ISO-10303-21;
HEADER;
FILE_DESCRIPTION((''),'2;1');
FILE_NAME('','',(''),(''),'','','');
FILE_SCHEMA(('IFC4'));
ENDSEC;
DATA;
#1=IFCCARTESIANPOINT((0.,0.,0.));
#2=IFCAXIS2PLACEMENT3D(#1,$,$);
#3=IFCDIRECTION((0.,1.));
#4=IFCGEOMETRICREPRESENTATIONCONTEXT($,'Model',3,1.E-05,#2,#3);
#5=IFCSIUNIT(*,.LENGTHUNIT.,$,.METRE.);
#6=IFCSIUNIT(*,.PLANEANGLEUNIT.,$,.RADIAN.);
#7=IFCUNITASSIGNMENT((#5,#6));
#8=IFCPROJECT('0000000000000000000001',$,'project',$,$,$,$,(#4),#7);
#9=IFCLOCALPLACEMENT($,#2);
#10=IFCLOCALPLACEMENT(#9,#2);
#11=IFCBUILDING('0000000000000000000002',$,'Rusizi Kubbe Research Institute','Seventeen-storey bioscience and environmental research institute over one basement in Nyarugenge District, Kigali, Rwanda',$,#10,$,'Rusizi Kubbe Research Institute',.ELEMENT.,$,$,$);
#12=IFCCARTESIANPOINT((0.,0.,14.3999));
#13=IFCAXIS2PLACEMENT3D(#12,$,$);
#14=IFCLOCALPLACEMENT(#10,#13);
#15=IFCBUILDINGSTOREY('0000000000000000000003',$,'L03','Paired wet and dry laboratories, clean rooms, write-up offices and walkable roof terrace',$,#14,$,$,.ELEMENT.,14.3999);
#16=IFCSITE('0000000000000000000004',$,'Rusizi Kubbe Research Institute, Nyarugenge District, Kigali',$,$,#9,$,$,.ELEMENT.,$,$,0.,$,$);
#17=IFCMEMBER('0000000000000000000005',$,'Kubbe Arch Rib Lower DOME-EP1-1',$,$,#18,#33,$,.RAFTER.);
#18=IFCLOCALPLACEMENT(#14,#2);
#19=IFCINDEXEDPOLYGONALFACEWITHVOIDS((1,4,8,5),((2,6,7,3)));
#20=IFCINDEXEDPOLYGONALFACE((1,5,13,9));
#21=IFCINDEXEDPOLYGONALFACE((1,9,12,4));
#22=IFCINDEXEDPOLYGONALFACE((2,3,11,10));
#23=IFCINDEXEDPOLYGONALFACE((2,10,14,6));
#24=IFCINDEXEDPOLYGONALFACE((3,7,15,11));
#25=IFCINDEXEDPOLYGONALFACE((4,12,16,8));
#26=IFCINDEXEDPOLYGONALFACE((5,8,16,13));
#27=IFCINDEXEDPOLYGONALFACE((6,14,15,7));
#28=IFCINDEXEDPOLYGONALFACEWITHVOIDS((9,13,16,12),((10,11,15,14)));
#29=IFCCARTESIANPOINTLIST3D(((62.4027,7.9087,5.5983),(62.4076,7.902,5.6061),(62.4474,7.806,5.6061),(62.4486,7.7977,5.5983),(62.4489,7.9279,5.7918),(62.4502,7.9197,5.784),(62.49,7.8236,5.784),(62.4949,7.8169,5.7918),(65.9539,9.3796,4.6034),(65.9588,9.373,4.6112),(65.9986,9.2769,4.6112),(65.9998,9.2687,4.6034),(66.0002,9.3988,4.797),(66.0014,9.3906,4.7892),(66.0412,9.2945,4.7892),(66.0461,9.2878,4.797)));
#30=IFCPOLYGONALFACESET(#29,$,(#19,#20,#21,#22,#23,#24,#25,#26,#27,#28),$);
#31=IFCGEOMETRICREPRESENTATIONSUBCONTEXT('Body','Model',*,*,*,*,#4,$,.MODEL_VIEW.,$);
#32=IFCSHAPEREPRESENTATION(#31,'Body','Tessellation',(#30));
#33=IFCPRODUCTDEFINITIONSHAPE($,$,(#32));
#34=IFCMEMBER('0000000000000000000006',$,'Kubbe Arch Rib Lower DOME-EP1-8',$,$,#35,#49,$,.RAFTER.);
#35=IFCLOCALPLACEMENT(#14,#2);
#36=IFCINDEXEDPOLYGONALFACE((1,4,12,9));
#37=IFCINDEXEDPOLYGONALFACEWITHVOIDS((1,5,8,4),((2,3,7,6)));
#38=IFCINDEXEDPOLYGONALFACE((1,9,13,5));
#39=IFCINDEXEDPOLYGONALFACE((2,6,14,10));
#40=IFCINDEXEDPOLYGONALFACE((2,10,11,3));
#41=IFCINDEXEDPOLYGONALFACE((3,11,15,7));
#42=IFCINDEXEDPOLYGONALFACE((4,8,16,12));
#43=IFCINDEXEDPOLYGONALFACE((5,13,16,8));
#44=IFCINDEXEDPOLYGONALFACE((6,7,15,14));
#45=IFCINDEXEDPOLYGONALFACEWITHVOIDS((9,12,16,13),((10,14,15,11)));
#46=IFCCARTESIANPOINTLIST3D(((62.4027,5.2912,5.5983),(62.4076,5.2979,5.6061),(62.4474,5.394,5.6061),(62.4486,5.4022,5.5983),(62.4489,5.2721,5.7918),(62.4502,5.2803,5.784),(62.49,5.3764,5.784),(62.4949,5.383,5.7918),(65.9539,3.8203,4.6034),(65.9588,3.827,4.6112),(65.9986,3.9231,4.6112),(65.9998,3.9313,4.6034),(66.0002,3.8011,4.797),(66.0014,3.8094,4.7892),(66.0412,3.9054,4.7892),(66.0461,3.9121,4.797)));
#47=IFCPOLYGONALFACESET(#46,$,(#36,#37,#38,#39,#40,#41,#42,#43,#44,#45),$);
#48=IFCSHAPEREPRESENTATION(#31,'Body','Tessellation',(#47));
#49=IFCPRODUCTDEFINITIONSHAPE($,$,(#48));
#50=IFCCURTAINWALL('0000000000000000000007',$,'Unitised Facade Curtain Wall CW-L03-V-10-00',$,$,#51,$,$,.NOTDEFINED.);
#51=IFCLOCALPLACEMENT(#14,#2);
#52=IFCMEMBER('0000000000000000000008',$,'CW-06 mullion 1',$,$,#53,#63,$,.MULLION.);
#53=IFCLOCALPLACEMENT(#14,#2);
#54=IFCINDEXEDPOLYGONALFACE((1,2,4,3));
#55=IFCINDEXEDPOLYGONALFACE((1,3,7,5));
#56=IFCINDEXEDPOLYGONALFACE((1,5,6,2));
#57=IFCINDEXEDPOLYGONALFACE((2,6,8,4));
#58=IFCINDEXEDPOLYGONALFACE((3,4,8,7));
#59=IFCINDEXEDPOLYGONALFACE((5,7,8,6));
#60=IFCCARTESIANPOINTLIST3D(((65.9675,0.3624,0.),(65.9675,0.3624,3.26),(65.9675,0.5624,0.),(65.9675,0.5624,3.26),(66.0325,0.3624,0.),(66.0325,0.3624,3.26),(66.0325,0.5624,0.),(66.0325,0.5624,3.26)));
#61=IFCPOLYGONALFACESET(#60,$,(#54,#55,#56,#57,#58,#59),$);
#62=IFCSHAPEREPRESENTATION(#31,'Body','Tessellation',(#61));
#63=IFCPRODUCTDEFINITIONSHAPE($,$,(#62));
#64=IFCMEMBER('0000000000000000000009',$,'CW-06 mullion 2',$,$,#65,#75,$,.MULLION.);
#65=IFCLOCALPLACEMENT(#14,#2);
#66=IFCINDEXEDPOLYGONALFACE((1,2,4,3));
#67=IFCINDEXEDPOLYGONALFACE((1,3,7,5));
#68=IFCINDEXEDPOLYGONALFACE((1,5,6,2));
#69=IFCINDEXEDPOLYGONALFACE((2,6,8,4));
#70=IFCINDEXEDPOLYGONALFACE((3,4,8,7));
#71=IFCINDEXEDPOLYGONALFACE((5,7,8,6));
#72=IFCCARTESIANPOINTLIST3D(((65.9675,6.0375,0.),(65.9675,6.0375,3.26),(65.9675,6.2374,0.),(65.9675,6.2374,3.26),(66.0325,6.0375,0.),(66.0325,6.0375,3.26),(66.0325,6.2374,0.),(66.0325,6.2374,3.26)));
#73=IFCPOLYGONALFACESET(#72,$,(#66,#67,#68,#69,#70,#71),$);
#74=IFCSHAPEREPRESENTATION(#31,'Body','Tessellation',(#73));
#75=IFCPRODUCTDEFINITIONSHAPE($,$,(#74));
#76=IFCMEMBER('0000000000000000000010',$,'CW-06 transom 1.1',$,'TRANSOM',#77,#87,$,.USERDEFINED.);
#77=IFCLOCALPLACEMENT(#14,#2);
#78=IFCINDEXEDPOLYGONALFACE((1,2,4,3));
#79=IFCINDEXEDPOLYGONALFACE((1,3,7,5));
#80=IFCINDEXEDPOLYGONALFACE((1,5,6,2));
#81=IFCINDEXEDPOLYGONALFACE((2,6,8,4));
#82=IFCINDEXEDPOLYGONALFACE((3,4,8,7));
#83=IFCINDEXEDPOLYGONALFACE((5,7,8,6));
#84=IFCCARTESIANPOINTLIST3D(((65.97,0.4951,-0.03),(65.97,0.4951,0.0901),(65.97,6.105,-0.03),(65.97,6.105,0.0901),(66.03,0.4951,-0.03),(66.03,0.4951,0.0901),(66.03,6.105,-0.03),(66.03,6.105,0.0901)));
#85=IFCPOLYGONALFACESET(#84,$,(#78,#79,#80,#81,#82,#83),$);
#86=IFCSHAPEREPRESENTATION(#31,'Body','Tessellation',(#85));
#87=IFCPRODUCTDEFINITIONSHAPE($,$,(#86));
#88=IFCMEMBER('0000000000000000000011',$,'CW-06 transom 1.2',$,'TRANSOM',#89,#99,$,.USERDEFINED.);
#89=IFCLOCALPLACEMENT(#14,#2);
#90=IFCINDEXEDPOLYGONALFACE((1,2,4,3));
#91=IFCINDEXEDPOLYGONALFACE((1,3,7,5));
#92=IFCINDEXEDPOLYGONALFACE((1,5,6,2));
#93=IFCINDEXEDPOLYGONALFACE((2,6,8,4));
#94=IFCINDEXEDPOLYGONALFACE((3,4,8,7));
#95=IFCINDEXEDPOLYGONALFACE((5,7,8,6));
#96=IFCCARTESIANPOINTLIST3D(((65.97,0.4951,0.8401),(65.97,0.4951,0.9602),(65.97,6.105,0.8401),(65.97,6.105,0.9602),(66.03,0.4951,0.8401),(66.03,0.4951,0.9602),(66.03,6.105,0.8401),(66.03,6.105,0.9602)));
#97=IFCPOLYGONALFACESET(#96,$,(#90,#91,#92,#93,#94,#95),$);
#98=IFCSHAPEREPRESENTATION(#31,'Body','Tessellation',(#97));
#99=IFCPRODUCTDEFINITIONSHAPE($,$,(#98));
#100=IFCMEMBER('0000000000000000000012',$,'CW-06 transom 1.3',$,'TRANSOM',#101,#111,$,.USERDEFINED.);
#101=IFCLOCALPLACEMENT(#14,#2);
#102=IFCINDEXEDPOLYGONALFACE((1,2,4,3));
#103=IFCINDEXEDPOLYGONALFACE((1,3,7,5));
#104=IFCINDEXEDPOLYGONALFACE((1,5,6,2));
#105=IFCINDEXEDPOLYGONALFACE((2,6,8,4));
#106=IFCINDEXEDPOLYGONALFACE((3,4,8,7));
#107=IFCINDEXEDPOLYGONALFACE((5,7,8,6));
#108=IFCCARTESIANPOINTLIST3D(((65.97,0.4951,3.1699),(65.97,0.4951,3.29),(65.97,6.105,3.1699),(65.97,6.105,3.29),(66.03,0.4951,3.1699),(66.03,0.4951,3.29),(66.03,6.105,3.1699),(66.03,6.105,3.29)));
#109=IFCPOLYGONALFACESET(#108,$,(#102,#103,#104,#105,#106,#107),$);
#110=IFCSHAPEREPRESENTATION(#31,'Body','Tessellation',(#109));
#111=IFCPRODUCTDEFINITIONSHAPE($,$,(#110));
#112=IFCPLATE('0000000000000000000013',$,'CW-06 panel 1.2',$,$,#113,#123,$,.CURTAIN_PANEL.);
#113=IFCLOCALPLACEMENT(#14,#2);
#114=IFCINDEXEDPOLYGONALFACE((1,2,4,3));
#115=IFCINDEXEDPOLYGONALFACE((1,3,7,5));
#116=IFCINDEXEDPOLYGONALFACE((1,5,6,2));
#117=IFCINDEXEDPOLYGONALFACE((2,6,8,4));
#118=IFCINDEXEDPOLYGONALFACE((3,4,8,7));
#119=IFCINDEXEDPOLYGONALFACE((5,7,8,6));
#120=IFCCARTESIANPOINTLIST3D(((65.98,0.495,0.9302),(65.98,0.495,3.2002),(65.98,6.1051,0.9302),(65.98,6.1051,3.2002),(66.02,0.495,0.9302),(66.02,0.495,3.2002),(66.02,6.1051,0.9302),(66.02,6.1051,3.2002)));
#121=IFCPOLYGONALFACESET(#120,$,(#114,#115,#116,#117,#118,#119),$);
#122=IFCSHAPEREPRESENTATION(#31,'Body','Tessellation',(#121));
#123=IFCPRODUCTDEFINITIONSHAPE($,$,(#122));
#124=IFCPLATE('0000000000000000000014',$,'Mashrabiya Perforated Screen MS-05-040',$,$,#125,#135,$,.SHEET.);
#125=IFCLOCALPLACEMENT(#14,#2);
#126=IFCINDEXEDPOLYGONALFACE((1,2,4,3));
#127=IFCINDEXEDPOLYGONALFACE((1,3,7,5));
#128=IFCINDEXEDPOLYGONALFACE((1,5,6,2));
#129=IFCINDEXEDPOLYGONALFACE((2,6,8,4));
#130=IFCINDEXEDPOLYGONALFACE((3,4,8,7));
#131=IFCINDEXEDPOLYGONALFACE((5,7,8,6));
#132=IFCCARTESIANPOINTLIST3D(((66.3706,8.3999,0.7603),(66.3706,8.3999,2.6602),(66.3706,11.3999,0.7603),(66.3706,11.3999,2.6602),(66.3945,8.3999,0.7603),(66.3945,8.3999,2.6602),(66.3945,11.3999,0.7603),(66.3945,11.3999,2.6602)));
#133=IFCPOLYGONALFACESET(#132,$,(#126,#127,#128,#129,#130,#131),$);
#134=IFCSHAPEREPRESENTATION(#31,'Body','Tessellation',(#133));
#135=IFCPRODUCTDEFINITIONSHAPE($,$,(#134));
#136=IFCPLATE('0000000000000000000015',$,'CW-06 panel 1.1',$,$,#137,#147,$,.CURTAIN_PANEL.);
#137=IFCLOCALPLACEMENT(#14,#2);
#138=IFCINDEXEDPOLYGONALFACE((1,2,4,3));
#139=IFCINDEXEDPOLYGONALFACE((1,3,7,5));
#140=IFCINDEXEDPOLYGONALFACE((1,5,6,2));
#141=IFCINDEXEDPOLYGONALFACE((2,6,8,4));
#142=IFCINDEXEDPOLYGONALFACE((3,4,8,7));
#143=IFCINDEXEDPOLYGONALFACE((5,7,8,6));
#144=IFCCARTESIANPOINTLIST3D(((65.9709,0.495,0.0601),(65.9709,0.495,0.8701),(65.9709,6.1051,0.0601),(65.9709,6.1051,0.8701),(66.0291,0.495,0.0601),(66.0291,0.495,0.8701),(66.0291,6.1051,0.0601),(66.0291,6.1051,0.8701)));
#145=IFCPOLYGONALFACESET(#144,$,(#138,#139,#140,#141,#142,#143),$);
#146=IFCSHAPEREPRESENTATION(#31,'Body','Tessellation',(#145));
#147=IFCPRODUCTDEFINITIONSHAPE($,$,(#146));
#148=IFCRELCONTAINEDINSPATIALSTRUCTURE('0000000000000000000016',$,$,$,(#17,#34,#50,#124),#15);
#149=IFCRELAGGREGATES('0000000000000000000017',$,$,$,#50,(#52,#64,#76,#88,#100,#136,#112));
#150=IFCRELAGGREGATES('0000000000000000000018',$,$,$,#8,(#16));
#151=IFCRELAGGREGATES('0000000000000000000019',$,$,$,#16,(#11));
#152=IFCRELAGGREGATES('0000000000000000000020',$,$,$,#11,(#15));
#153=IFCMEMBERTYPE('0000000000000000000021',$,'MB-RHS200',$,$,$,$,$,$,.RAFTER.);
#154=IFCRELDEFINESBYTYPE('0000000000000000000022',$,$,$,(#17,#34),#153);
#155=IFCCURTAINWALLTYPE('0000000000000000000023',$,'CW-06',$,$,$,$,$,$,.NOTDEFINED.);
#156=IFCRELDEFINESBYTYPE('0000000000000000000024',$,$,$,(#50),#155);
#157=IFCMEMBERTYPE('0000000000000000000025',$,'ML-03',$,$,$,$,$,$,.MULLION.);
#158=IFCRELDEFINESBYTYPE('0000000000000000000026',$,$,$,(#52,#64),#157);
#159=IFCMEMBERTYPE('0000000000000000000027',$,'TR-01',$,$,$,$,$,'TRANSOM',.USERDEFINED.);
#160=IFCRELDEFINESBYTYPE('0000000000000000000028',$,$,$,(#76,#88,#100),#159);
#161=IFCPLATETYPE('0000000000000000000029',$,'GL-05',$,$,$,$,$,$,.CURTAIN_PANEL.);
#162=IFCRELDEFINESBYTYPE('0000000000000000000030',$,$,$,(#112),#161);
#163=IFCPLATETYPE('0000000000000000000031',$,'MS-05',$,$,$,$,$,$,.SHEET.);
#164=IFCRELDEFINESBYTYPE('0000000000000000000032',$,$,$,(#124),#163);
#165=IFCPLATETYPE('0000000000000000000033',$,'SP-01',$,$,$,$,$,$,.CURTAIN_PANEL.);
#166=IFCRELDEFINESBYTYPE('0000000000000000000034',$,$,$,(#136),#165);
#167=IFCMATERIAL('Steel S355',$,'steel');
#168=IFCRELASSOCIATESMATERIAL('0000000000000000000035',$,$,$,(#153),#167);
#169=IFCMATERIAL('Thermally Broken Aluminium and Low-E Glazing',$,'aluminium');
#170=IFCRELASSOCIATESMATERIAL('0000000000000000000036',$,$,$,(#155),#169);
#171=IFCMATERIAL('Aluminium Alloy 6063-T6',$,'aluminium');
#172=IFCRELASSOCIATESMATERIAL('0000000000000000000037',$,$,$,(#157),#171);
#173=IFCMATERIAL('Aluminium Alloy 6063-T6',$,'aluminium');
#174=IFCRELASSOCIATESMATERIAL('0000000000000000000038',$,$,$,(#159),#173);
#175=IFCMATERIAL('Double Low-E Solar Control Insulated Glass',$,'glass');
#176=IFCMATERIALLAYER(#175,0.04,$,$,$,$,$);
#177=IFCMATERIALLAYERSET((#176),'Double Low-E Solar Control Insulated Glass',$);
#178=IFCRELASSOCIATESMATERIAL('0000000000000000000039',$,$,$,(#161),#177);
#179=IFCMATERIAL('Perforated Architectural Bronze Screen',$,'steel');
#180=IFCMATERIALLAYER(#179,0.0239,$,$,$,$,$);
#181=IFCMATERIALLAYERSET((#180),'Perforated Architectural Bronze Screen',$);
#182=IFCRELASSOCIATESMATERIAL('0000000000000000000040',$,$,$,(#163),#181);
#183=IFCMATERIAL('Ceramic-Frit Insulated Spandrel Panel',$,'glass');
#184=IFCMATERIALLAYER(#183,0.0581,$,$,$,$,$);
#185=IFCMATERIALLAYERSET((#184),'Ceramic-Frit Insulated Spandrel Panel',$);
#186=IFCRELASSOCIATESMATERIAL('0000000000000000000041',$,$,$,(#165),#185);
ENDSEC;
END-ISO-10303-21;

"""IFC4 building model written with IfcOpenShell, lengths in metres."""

from ifc_helpers import new_model, si_unit, direction, frame, origin, origin_2d, place, context, subcontext, project, spatial, rectangle, hollow_rectangle, extrude, material, layer, layer_set, material_profile, profile_set, type_object, element, aggregate, save


model = new_model("IFC4")

# Units and contexts
model_context = context("Model", 3, precision=1e-05, world=origin(), true_north=direction((0.0, 1.0)))
body_context = subcontext(model_context, "Body", "Model", "MODEL_VIEW")
ifc_project = project(units=[si_unit("LENGTHUNIT", "METRE"), si_unit("PLANEANGLEUNIT", "RADIAN")], contexts=[model_context])

# Site, building, storey
site_placement = place(None, origin())
site = spatial("IfcSite", under=ifc_project, at=site_placement, Name="Rusizi Kubbe Research Institute, Nyarugenge District, Kigali", CompositionType="ELEMENT", RefElevation=0.0)
building_placement = place(site_placement, origin())
building = spatial("IfcBuilding", under=site, at=building_placement, Name="Rusizi Kubbe Research Institute", Description="Seventeen-storey bioscience and environmental research institute over one basement in Nyarugenge District, Kigali, Rwanda", LongName="Rusizi Kubbe Research Institute", CompositionType="ELEMENT")
storey_placement = place(building_placement, frame((0.0, 0.0, 14.3999)))
storey = spatial("IfcBuildingStorey", under=building, at=storey_placement, Name="L03", Description="Paired wet and dry laboratories, clean rooms, write-up offices and walkable roof terrace", CompositionType="ELEMENT", Elevation=14.3999)

# Members
ifc_material_1 = material(Name="Steel S355", Category="steel")
ifc_material_profile_1 = material_profile(ifc_material_1, hollow_rectangle(XDim=0.1201, YDim=0.2, WallThickness=0.0081, at=origin_2d()), Name="RHS 200x120x8.0")
ifc_profile_set_1 = profile_set([ifc_material_profile_1], Name="Steel S355")
member_type_1 = type_object("IfcMemberType", Name="MB-RHS200", PredefinedType="RAFTER", material=ifc_profile_set_1)
for number, where, z_axis, x_axis, name in (
    (1, (66.0, 9.3337, 4.7002), (-0.894411, -0.370468, 0.250565), (0.382675, -0.923883, 0.0), "Kubbe Arch Rib Lower DOME-EP1-1"),
    (2, (66.0, 3.8662, 4.7002), (-0.894411, 0.370468, 0.250565), (-0.382675, -0.923883, 0.0), "Kubbe Arch Rib Lower DOME-EP1-8"),
):
    element("IfcMember", number, at=place(storey_placement, frame(where, z_axis=z_axis, x_axis=x_axis)), inside=storey, type_object=member_type_1, Name=name, PredefinedType="RAFTER", context=body_context, shape_type="SweptSolid", body=[
        extrude(hollow_rectangle(XDim=0.1201, YDim=0.2, WallThickness=0.0081, at=origin_2d()), origin(), (0.0, 0.0, 1.0), 3.9705),
    ])

# Curtain wall, members, plate
ifc_material_2 = material(Name="Thermally Broken Aluminium and Low-E Glazing", Category="aluminium")
curtain_wall_type = type_object("IfcCurtainWallType", Name="CW-06", PredefinedType="NOTDEFINED", material=ifc_material_2)
curtain_wall_placement = place(storey_placement, origin())
curtain_wall = element("IfcCurtainWall", 3, at=curtain_wall_placement, inside=storey, type_object=curtain_wall_type, Name="Unitised Facade Curtain Wall CW-L03-V-10-00", PredefinedType="NOTDEFINED")
ifc_material_3 = material(Name="Aluminium Alloy 6063-T6", Category="aluminium")
ifc_material_profile_2 = material_profile(ifc_material_3, rectangle(XDim=0.0649, YDim=0.2, at=origin_2d()), Name="ALU-M 65x200")
ifc_profile_set_2 = profile_set([ifc_material_profile_2], Name="Aluminium Alloy 6063-T6")
member_type_2 = type_object("IfcMemberType", Name="ML-03", PredefinedType="MULLION", material=ifc_profile_set_2)
member_1_placement = place(storey_placement, frame((66.0, 0.4624, 0.0), z_axis=(0.0, 0.0, 1.0), x_axis=(-1.0, 0.0, 0.0)))
member_1 = element("IfcMember", 4, at=member_1_placement, type_object=member_type_2, Name="CW-06 mullion 1", PredefinedType="MULLION", context=body_context, shape_type="SweptSolid", body=[
    extrude(rectangle(XDim=0.0649, YDim=0.2, at=origin_2d()), origin(), (0.0, 0.0, 1.0), 3.26),
])
member_2_placement = place(storey_placement, frame((66.0, 6.1375, 0.0), z_axis=(0.0, 0.0, 1.0), x_axis=(-1.0, 0.0, 0.0)))
member_2 = element("IfcMember", 5, at=member_2_placement, type_object=member_type_2, Name="CW-06 mullion 2", PredefinedType="MULLION", context=body_context, shape_type="SweptSolid", body=[
    extrude(rectangle(XDim=0.0649, YDim=0.2, at=origin_2d()), origin(), (0.0, 0.0, 1.0), 3.26),
])
ifc_material_4 = material(Name="Aluminium Alloy 6063-T6", Category="aluminium")
ifc_material_profile_3 = material_profile(ifc_material_4, rectangle(XDim=0.0601, YDim=0.1201, at=origin_2d()), Name="ALU-T 60x120")
ifc_profile_set_3 = profile_set([ifc_material_profile_3], Name="Aluminium Alloy 6063-T6")
member_type_3 = type_object("IfcMemberType", Name="TR-01", ElementType="TRANSOM", PredefinedType="USERDEFINED", material=ifc_profile_set_3)
member_3_placement = place(storey_placement, frame((66.0, 0.4951, 0.03), z_axis=(0.0, 1.0, 0.0), x_axis=(-1.0, 0.0, 0.0)))
member_3 = element("IfcMember", 6, at=member_3_placement, type_object=member_type_3, Name="CW-06 transom 1.1", ObjectType="TRANSOM", PredefinedType="USERDEFINED", context=body_context, shape_type="SweptSolid", body=[
    extrude(rectangle(XDim=0.0601, YDim=0.1201, at=origin_2d()), origin(), (0.0, 0.0, 1.0), 5.6099),
])
member_4_placement = place(storey_placement, frame((66.0, 0.4951, 0.9001), z_axis=(0.0, 1.0, 0.0), x_axis=(-1.0, 0.0, 0.0)))
member_4 = element("IfcMember", 7, at=member_4_placement, type_object=member_type_3, Name="CW-06 transom 1.2", ObjectType="TRANSOM", PredefinedType="USERDEFINED", context=body_context, shape_type="SweptSolid", body=[
    extrude(rectangle(XDim=0.0601, YDim=0.1201, at=origin_2d()), origin(), (0.0, 0.0, 1.0), 5.6099),
])
member_5_placement = place(storey_placement, frame((66.0, 0.4951, 3.23), z_axis=(0.0, 1.0, 0.0), x_axis=(-1.0, 0.0, 0.0)))
member_5 = element("IfcMember", 8, at=member_5_placement, type_object=member_type_3, Name="CW-06 transom 1.3", ObjectType="TRANSOM", PredefinedType="USERDEFINED", context=body_context, shape_type="SweptSolid", body=[
    extrude(rectangle(XDim=0.0601, YDim=0.1201, at=origin_2d()), origin(), (0.0, 0.0, 1.0), 5.6099),
])
ifc_material_5 = material(Name="Double Low-E Solar Control Insulated Glass", Category="glass")
ifc_layer_1 = layer(ifc_material_5, 0.04)
ifc_layer_set_1 = layer_set([ifc_layer_1], Name="Double Low-E Solar Control Insulated Glass")
plate_type_1 = type_object("IfcPlateType", Name="GL-05", PredefinedType="CURTAIN_PANEL", material=ifc_layer_set_1)
plate_1_placement = place(storey_placement, frame((66.0, 3.3, 0.9302), z_axis=(0.0, 0.0, 1.0), x_axis=(0.0, 1.0, 0.0)))
plate_1 = element("IfcPlate", 9, at=plate_1_placement, type_object=plate_type_1, Name="CW-06 panel 1.2", PredefinedType="CURTAIN_PANEL", context=body_context, shape_type="SweptSolid", body=[
    extrude(rectangle(XDim=5.6101, YDim=0.04, at=origin_2d()), origin(), (0.0, 0.0, 1.0), 2.27),
])

# Plates
ifc_material_6 = material(Name="Perforated Architectural Bronze Screen", Category="steel")
ifc_layer_2 = layer(ifc_material_6, 0.0239)
ifc_layer_set_2 = layer_set([ifc_layer_2], Name="Perforated Architectural Bronze Screen")
plate_type_2 = type_object("IfcPlateType", Name="MS-05", PredefinedType="SHEET", material=ifc_layer_set_2)
plate_2_placement = place(storey_placement, frame((66.3826, 9.8999, 0.7603), z_axis=(0.0, 0.0, 1.0), x_axis=(0.0, 1.0, 0.0)))
element("IfcPlate", 10, at=plate_2_placement, inside=storey, type_object=plate_type_2, Name="Mashrabiya Perforated Screen MS-05-040", PredefinedType="SHEET", context=body_context, shape_type="SweptSolid", body=[
    extrude(rectangle(XDim=3.0, YDim=0.0239, at=origin_2d()), origin(), (0.0, 0.0, 1.0), 1.8999),
])
ifc_material_7 = material(Name="Ceramic-Frit Insulated Spandrel Panel", Category="glass")
ifc_layer_3 = layer(ifc_material_7, 0.0581)
ifc_layer_set_3 = layer_set([ifc_layer_3], Name="Ceramic-Frit Insulated Spandrel Panel")
plate_type_3 = type_object("IfcPlateType", Name="SP-01", PredefinedType="CURTAIN_PANEL", material=ifc_layer_set_3)
plate_3_placement = place(storey_placement, frame((66.0, 3.3, 0.0601), z_axis=(0.0, 0.0, 1.0), x_axis=(0.0, 1.0, 0.0)))
plate_3 = element("IfcPlate", 11, at=plate_3_placement, type_object=plate_type_3, Name="CW-06 panel 1.1", PredefinedType="CURTAIN_PANEL", context=body_context, shape_type="SweptSolid", body=[
    extrude(rectangle(XDim=5.6101, YDim=0.0581, at=origin_2d()), origin(), (0.0, 0.0, 1.0), 0.8101),
])
aggregate(curtain_wall, [member_1, member_2, member_3, member_4, member_5, plate_3, plate_1])

save(model, "model.ifc")
